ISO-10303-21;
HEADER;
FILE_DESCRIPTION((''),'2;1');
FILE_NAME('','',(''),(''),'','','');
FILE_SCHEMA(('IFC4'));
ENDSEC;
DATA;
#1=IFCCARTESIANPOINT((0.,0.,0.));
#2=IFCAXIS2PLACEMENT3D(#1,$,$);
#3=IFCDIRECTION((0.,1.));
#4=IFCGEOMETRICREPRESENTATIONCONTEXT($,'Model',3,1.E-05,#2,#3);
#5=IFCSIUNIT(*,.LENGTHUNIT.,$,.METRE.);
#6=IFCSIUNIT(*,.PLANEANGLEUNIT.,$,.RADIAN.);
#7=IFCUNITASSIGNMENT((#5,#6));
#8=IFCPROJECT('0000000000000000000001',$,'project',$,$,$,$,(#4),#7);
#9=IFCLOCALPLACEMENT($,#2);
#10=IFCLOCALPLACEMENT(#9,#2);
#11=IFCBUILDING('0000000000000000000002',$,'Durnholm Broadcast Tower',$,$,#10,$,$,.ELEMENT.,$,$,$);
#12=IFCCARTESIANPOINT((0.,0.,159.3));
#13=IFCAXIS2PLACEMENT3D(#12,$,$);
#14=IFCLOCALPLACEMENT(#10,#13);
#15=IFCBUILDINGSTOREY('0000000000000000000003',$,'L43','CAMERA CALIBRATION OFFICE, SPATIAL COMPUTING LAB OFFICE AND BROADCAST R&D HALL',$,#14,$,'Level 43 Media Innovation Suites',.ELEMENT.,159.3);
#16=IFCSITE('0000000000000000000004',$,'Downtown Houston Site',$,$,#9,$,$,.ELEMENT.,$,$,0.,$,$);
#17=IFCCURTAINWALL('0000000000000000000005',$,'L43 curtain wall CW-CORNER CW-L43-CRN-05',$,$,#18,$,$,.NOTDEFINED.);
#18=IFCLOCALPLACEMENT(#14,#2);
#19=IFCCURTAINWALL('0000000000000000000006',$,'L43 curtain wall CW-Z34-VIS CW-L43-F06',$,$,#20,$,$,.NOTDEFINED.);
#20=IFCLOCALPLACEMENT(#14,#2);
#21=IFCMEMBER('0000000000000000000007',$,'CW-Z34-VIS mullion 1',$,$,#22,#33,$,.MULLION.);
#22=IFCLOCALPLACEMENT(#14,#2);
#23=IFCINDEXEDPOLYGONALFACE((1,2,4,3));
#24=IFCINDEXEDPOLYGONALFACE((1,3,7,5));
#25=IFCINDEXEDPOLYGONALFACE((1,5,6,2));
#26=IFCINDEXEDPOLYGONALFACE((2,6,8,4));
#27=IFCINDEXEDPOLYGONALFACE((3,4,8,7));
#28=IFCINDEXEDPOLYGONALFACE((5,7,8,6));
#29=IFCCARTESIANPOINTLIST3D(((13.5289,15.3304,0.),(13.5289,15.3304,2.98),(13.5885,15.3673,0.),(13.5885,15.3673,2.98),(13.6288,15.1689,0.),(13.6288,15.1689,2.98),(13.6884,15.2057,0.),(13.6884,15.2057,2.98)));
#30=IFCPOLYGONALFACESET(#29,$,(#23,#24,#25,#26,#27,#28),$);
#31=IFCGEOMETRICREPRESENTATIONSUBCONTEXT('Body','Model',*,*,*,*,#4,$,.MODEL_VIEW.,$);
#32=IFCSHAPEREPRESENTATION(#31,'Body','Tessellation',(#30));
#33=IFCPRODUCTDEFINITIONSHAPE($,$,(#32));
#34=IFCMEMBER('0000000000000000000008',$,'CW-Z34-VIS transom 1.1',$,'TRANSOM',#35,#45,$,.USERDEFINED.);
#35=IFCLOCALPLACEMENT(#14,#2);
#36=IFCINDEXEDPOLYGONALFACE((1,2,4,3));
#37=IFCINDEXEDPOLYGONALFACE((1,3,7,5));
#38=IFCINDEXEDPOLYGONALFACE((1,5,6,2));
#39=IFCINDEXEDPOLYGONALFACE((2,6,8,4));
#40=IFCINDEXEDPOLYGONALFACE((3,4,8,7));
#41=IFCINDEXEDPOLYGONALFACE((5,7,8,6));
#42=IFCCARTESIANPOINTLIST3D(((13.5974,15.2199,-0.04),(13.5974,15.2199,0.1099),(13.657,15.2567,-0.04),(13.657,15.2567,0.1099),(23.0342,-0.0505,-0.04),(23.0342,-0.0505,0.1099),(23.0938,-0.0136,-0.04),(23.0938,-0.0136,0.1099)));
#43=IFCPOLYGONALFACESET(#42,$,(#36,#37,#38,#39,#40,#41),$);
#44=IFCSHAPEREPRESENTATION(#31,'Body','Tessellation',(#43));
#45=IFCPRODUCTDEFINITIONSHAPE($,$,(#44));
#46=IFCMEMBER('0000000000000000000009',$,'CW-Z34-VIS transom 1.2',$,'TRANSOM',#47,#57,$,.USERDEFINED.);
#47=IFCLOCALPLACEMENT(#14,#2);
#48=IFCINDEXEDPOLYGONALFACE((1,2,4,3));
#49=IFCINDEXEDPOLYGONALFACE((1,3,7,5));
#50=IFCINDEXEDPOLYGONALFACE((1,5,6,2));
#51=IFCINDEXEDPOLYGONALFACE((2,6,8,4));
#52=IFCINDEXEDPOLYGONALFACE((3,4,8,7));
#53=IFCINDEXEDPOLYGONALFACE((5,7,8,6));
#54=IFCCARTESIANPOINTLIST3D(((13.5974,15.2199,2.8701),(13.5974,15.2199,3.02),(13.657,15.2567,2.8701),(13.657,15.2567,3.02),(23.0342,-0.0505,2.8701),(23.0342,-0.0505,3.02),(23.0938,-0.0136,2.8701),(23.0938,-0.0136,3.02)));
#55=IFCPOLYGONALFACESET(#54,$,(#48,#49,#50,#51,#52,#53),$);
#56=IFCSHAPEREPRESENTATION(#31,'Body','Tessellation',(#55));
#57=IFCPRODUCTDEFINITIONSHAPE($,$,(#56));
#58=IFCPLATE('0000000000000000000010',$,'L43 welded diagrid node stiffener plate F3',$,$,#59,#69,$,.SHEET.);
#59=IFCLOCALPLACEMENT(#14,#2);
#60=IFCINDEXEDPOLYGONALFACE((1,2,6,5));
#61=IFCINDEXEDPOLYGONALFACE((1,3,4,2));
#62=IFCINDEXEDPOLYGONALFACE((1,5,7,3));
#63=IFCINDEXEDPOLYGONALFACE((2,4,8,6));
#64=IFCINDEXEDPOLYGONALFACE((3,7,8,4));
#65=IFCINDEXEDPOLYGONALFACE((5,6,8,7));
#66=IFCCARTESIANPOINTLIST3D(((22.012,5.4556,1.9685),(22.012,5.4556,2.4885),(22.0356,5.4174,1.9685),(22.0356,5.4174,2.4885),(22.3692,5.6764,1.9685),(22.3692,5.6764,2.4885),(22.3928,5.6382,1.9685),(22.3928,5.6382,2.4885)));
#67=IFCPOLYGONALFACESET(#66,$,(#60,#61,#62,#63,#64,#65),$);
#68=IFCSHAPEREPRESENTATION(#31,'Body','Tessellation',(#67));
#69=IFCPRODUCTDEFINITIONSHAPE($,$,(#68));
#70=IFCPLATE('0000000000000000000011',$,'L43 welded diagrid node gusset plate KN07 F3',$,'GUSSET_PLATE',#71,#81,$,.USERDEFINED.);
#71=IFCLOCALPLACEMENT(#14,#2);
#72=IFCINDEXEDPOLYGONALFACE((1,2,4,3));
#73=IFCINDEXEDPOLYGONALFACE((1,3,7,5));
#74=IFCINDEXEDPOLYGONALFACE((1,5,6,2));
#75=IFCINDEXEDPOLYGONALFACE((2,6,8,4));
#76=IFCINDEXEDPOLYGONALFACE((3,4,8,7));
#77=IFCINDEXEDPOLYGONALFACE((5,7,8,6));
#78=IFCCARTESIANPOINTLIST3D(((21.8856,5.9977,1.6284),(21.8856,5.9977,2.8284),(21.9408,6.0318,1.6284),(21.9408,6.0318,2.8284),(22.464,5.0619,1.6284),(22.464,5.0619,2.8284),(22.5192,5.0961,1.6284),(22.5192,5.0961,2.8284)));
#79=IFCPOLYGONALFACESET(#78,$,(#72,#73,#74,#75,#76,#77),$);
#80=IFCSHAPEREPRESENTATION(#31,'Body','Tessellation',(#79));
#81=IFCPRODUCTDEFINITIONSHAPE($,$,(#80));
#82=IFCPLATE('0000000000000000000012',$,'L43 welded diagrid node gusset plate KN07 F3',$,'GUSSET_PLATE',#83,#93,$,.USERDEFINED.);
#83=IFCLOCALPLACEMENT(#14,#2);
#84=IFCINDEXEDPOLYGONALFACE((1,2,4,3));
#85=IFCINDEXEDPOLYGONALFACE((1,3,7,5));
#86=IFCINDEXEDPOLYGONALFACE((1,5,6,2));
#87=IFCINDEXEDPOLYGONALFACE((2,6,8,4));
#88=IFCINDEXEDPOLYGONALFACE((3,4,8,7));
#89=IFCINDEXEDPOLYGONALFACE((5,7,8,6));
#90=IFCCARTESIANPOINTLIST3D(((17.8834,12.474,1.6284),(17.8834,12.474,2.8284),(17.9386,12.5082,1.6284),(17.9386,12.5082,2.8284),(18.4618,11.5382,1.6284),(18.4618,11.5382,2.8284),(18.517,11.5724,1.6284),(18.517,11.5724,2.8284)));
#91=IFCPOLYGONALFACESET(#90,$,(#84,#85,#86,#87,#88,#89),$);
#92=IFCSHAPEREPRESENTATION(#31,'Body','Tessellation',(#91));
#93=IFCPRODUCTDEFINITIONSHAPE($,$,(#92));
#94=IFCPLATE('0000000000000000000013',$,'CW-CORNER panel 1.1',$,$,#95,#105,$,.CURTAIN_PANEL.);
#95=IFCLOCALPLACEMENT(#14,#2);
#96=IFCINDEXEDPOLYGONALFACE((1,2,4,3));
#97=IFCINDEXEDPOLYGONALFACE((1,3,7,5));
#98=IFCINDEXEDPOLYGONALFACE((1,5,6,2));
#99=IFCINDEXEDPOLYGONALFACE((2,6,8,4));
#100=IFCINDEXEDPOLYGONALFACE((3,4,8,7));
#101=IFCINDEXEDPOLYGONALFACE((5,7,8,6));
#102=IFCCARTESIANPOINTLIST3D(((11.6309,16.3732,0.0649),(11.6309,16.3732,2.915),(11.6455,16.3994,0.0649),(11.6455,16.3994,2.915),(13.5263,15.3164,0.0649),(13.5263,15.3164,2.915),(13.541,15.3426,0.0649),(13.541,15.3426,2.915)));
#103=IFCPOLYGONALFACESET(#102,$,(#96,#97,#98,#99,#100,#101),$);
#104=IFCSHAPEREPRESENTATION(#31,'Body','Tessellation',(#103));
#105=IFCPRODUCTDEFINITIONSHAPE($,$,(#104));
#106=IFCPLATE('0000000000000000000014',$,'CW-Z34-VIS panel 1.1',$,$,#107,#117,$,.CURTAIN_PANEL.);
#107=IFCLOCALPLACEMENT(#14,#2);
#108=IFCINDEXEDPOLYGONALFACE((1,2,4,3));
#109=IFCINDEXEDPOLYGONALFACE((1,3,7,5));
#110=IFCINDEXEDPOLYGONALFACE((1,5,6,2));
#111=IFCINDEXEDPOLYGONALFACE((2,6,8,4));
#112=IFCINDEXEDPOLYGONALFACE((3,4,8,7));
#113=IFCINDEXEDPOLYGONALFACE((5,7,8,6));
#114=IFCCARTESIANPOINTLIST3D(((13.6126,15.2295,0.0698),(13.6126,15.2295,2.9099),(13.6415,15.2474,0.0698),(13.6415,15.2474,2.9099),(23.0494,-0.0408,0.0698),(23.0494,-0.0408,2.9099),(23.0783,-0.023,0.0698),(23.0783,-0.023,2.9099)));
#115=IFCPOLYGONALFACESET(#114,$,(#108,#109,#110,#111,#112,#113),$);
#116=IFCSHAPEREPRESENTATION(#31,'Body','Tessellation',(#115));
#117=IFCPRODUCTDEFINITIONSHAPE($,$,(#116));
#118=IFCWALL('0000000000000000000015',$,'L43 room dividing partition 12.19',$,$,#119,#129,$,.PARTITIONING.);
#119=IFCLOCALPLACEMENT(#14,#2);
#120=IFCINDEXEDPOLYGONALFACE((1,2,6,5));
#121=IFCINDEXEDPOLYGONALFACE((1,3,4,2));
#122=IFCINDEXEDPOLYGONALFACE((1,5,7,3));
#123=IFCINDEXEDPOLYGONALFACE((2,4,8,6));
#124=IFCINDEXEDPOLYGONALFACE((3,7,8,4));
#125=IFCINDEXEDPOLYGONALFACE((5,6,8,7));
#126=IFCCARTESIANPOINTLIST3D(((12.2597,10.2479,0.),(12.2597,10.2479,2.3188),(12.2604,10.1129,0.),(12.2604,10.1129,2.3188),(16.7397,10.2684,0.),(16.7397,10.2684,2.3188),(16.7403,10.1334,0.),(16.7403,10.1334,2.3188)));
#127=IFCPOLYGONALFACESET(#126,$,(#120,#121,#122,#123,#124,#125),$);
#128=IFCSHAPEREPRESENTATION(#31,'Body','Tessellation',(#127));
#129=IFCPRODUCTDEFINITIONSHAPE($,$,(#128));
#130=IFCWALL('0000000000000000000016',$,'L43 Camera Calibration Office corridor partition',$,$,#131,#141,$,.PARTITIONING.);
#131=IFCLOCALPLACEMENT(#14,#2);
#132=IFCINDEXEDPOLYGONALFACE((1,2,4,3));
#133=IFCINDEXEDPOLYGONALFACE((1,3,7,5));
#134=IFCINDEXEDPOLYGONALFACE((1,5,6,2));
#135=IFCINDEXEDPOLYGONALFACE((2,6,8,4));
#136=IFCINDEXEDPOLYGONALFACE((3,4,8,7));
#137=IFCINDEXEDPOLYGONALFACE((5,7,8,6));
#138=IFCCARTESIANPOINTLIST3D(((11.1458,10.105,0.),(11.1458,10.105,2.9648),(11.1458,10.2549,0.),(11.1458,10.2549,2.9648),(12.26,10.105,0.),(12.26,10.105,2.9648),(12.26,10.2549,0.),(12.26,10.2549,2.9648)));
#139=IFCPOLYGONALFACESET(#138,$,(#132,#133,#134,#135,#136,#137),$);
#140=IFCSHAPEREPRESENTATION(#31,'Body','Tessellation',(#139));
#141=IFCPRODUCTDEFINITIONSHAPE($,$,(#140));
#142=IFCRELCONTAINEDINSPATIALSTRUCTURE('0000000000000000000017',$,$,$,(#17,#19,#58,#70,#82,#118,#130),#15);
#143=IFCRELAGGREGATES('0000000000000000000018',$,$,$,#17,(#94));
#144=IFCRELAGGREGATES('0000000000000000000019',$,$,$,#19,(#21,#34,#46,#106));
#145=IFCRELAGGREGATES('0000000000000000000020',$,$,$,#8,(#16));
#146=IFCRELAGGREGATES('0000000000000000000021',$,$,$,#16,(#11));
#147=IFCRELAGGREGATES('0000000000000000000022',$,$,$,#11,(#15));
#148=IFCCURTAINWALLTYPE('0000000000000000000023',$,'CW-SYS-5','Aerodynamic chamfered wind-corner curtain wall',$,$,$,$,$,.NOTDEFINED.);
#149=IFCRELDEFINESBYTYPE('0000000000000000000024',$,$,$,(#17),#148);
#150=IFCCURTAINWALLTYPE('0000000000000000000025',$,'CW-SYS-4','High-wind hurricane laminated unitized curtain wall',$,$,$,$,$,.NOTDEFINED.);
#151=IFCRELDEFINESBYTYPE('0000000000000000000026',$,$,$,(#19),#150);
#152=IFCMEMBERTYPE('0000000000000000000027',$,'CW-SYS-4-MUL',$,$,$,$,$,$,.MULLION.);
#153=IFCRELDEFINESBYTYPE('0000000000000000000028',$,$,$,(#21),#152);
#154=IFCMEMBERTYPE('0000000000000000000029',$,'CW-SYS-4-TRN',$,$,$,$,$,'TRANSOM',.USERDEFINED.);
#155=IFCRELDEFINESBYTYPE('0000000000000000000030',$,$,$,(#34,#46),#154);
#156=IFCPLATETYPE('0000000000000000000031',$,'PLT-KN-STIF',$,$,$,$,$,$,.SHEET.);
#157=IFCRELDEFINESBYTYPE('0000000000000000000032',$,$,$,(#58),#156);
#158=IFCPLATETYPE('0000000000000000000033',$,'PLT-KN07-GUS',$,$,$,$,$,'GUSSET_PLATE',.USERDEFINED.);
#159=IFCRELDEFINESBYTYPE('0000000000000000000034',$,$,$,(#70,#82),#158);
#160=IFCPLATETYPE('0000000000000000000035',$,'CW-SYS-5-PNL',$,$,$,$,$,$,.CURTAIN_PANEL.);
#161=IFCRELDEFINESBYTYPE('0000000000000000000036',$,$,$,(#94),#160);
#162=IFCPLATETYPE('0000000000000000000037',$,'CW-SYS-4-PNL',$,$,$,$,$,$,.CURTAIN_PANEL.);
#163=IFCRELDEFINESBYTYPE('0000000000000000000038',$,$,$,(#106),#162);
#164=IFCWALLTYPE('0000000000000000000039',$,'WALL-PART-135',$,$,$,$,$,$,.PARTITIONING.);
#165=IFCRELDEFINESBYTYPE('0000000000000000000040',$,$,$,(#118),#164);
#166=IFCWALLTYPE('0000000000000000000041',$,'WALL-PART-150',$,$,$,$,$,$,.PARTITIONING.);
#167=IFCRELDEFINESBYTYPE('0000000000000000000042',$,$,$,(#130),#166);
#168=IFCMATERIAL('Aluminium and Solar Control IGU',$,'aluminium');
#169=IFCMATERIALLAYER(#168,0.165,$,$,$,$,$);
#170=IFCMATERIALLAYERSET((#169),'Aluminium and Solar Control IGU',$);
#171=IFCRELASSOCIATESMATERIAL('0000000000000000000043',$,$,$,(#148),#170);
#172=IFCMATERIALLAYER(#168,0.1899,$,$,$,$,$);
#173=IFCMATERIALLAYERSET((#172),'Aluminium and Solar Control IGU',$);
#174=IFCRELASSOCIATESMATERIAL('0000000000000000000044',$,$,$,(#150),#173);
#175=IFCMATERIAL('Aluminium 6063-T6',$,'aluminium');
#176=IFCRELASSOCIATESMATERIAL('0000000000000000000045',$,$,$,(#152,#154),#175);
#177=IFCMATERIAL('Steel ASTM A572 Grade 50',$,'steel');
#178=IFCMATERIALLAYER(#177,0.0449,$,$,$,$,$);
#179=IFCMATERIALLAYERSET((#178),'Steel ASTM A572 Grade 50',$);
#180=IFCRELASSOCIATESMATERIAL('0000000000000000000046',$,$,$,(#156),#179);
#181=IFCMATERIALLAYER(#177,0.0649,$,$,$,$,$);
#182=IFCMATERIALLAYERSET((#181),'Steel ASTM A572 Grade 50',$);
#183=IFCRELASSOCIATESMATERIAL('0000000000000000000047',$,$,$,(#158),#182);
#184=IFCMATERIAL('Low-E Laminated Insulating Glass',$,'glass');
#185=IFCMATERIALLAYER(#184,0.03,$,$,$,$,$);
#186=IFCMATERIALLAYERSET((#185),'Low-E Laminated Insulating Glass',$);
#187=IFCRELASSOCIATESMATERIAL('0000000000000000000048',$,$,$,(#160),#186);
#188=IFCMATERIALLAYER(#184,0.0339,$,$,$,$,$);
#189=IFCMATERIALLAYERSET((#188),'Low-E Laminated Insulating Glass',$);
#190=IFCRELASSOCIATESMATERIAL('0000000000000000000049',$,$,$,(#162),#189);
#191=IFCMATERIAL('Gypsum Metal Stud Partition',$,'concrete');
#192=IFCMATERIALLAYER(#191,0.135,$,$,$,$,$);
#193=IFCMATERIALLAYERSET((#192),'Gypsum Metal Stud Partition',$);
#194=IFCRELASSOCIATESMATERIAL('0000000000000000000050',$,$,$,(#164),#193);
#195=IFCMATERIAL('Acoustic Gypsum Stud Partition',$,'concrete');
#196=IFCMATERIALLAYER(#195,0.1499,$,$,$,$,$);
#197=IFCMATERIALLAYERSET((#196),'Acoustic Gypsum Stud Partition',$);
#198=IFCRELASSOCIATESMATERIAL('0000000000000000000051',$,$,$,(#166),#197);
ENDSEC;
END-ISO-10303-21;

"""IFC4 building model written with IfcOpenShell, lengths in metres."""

from ifc_helpers import new_model, si_unit, direction, frame, frame_2d, origin, origin_2d, place, context, subcontext, project, spatial, rectangle, extrude, source, transform, mapped, material, layer, layer_set, material_profile, profile_set, type_object, type_shapes, element, aggregate, save


model = new_model("IFC4")

# Units and contexts
model_context = context("Model", 3, precision=1e-05, world=origin(), true_north=direction((0.0, 1.0)))
body_context = subcontext(model_context, "Body", "Model", "MODEL_VIEW")
ifc_project = project(units=[si_unit("LENGTHUNIT", "METRE"), si_unit("PLANEANGLEUNIT", "RADIAN")], contexts=[model_context])

# Site, building, storey
site_placement = place(None, origin())
site = spatial("IfcSite", under=ifc_project, at=site_placement, Name="Downtown Houston Site", CompositionType="ELEMENT", RefElevation=0.0)
building_placement = place(site_placement, origin())
building = spatial("IfcBuilding", under=site, at=building_placement, Name="Durnholm Broadcast Tower", CompositionType="ELEMENT")
storey_placement = place(building_placement, frame((0.0, 0.0, 159.3)))
storey = spatial("IfcBuildingStorey", under=building, at=storey_placement, Name="L43", Description="CAMERA CALIBRATION OFFICE, SPATIAL COMPUTING LAB OFFICE AND BROADCAST R&D HALL", LongName="Level 43 Media Innovation Suites", CompositionType="ELEMENT", Elevation=159.3)

# Curtain walls, members
ifc_material_1 = material(Name="Aluminium and Solar Control IGU", Category="aluminium")
ifc_layer_1 = layer(ifc_material_1, 0.165)
ifc_layer_set_1 = layer_set([ifc_layer_1], Name="Aluminium and Solar Control IGU")
curtain_wall_type_1 = type_object("IfcCurtainWallType", Name="CW-SYS-5", Description="Aerodynamic chamfered wind-corner curtain wall", PredefinedType="NOTDEFINED", material=ifc_layer_set_1)
curtain_wall_1_placement = place(storey_placement, origin())
curtain_wall_1 = element("IfcCurtainWall", 1, at=curtain_wall_1_placement, inside=storey, type_object=curtain_wall_type_1, Name="L43 curtain wall CW-CORNER CW-L43-CRN-05", PredefinedType="NOTDEFINED")
ifc_material_2 = material(Name="Aluminium 6063-T6", Category="aluminium")
ifc_layer_2 = layer(ifc_material_1, 0.1899)
ifc_layer_set_2 = layer_set([ifc_layer_2], Name="Aluminium and Solar Control IGU")
curtain_wall_type_2 = type_object("IfcCurtainWallType", Name="CW-SYS-4", Description="High-wind hurricane laminated unitized curtain wall", PredefinedType="NOTDEFINED", material=ifc_layer_set_2)
curtain_wall_2_placement = place(storey_placement, origin())
curtain_wall_2 = element("IfcCurtainWall", 2, at=curtain_wall_2_placement, inside=storey, type_object=curtain_wall_type_2, Name="L43 curtain wall CW-Z34-VIS CW-L43-F06", PredefinedType="NOTDEFINED")
ifc_material_profile_1 = material_profile(ifc_material_2, rectangle(XDim=0.0701, YDim=0.1899, at=origin_2d()), Name="CWM70X190")
ifc_profile_set_1 = profile_set([ifc_material_profile_1], Name="Aluminium 6063-T6")
member_type_1 = type_object("IfcMemberType", Name="CW-SYS-4-MUL", PredefinedType="MULLION", material=ifc_profile_set_1)
shared_shape_1 = source(origin(), body_context, "Body", "SweptSolid", [
    extrude(rectangle(XDim=0.0701, YDim=0.1899, at=origin_2d()), origin(), (0.0, 0.0, 1.0), 2.98),
])
type_shapes(member_type_1, [shared_shape_1])
member_1_placement = place(storey_placement, frame((13.6086, 15.2681, 0.0), z_axis=(0.0, 0.0, 1.0), x_axis=(0.850671, 0.525698, 0.0)))
member_1 = element("IfcMember", 3, at=member_1_placement, type_object=member_type_1, Name="CW-Z34-VIS mullion 1", PredefinedType="MULLION", context=body_context, shape_type="MappedRepresentation", body=[
    mapped(shared_shape_1, transform((0.0, 0.0, 0.0), x_axis=(1.0, 0.0, 0.0), y_axis=(0.0, 1.0, 0.0), z_axis=(0.0, 0.0, 1.0), scale=1.0)),
])
ifc_material_profile_2 = material_profile(ifc_material_2, rectangle(XDim=0.0701, YDim=0.1499, at=origin_2d()), Name="CWT70X150")
ifc_profile_set_2 = profile_set([ifc_material_profile_2], Name="Aluminium 6063-T6")
member_type_2 = type_object("IfcMemberType", Name="CW-SYS-4-TRN", ElementType="TRANSOM", PredefinedType="USERDEFINED", material=ifc_profile_set_2)
shared_shape_2 = source(origin(), body_context, "Body", "SweptSolid", [
    extrude(rectangle(XDim=0.0701, YDim=0.1499, at=origin_2d()), origin(), (0.0, 0.0, 1.0), 17.9509),
])
type_shapes(member_type_2, [shared_shape_2])
member_2_placement = place(storey_placement, frame((13.6272, 15.2383, 0.0349), z_axis=(0.5257, -0.85067, 0.0), x_axis=(0.85067, 0.5257, 0.0)))
member_2 = element("IfcMember", 4, at=member_2_placement, type_object=member_type_2, Name="CW-Z34-VIS transom 1.1", ObjectType="TRANSOM", PredefinedType="USERDEFINED", context=body_context, shape_type="MappedRepresentation", body=[
    mapped(shared_shape_2, transform((0.0, 0.0, 0.0), x_axis=(1.0, 0.0, 0.0), y_axis=(0.0, 1.0, 0.0), z_axis=(0.0, 0.0, 1.0), scale=1.0)),
])
member_3_placement = place(storey_placement, frame((13.6272, 15.2383, 2.9451), z_axis=(0.5257, -0.85067, 0.0), x_axis=(0.85067, 0.5257, 0.0)))
member_3 = element("IfcMember", 5, at=member_3_placement, type_object=member_type_2, Name="CW-Z34-VIS transom 1.2", ObjectType="TRANSOM", PredefinedType="USERDEFINED", context=body_context, shape_type="MappedRepresentation", body=[
    mapped(shared_shape_2, transform((0.0, 0.0, 0.0), x_axis=(1.0, 0.0, 0.0), y_axis=(0.0, 1.0, 0.0), z_axis=(0.0, 0.0, 1.0), scale=1.0)),
])

# Plates
ifc_material_3 = material(Name="Steel ASTM A572 Grade 50", Category="steel")
ifc_layer_3 = layer(ifc_material_3, 0.0449)
ifc_layer_set_3 = layer_set([ifc_layer_3], Name="Steel ASTM A572 Grade 50")
plate_type_1 = type_object("IfcPlateType", Name="PLT-KN-STIF", PredefinedType="SHEET", material=ifc_layer_set_3)
shared_shape_3 = source(origin(), body_context, "Body", "SweptSolid", [
    extrude(rectangle(XDim=0.0449, YDim=0.4199, at=origin_2d()), origin(), (0.0, 0.0, 1.0), 0.52),
])
type_shapes(plate_type_1, [shared_shape_3])
plate_1_placement = place(storey_placement, frame((22.2024, 5.5469, 1.9685), z_axis=(0.0, 0.0, 1.0), x_axis=(-0.525769, 0.850628, 0.0)))
element("IfcPlate", 6, at=plate_1_placement, inside=storey, type_object=plate_type_1, Name="L43 welded diagrid node stiffener plate F3", PredefinedType="SHEET", context=body_context, shape_type="MappedRepresentation", body=[
    mapped(shared_shape_3, transform((0.0, 0.0, 0.0), x_axis=(1.0, 0.0, 0.0), y_axis=(0.0, 1.0, 0.0), z_axis=(0.0, 0.0, 1.0), scale=1.0)),
])
ifc_layer_4 = layer(ifc_material_3, 0.0649)
ifc_layer_set_4 = layer_set([ifc_layer_4], Name="Steel ASTM A572 Grade 50")
plate_type_2 = type_object("IfcPlateType", Name="PLT-KN07-GUS", ElementType="GUSSET_PLATE", PredefinedType="USERDEFINED", material=ifc_layer_set_4)
shared_shape_4 = source(origin(), body_context, "Body", "SweptSolid", [
    extrude(rectangle(XDim=1.1001, YDim=0.0649, at=origin_2d()), origin(), (0.0, 0.0, 1.0), 1.2),
])
type_shapes(plate_type_2, [shared_shape_4])
for number, where, z_axis, x_axis, name in (
    (7, (22.2024, 5.5469, 1.6284), (0.0, 0.0, 1.0), (-0.525769, 0.850628, 0.0), "L43 welded diagrid node gusset plate KN07 F3"),
    (8, (18.2002, 12.0232, 1.6284), (0.0, 0.0, 1.0), (-0.525769, 0.850628, 0.0), "L43 welded diagrid node gusset plate KN07 F3"),
):
    element("IfcPlate", number, at=place(storey_placement, frame(where, z_axis=z_axis, x_axis=x_axis)), inside=storey, type_object=plate_type_2, Name=name, ObjectType="GUSSET_PLATE", PredefinedType="USERDEFINED", context=body_context, shape_type="MappedRepresentation", body=[
        mapped(shared_shape_4, transform((0.0, 0.0, 0.0), x_axis=(1.0, 0.0, 0.0), y_axis=(0.0, 1.0, 0.0), z_axis=(0.0, 0.0, 1.0), scale=1.0)),
    ])

# Plates
ifc_material_4 = material(Name="Low-E Laminated Insulating Glass", Category="glass")
ifc_layer_5 = layer(ifc_material_4, 0.03)
ifc_layer_set_5 = layer_set([ifc_layer_5], Name="Low-E Laminated Insulating Glass")
plate_type_3 = type_object("IfcPlateType", Name="CW-SYS-5-PNL", PredefinedType="CURTAIN_PANEL", material=ifc_layer_set_5)
shared_shape_5 = source(origin(), body_context, "Body", "SweptSolid", [
    extrude(rectangle(XDim=2.1702, YDim=0.03, at=origin_2d()), origin(), (0.0, 0.0, 1.0), 2.8501),
])
type_shapes(plate_type_3, [shared_shape_5])
plate_2_placement = place(storey_placement, frame((12.5859, 15.8579, 0.0649), z_axis=(0.0, 0.0, 1.0), x_axis=(0.87341, -0.486986, 0.0)))
plate_2 = element("IfcPlate", 9, at=plate_2_placement, type_object=plate_type_3, Name="CW-CORNER panel 1.1", PredefinedType="CURTAIN_PANEL", context=body_context, shape_type="MappedRepresentation", body=[
    mapped(shared_shape_5, transform((0.0, 0.0, 0.0), x_axis=(1.0, 0.0, 0.0), y_axis=(0.0, 1.0, 0.0), z_axis=(0.0, 0.0, 1.0), scale=1.0)),
])
aggregate(curtain_wall_1, [plate_2])
ifc_layer_6 = layer(ifc_material_4, 0.0339)
ifc_layer_set_6 = layer_set([ifc_layer_6], Name="Low-E Laminated Insulating Glass")
plate_type_4 = type_object("IfcPlateType", Name="CW-SYS-4-PNL", PredefinedType="CURTAIN_PANEL", material=ifc_layer_set_6)
shared_shape_6 = source(origin(), body_context, "Body", "SweptSolid", [
    extrude(rectangle(XDim=17.9509, YDim=0.0339, at=origin_2d()), origin(), (0.0, 0.0, 1.0), 2.8401),
])
type_shapes(plate_type_4, [shared_shape_6])
plate_3_placement = place(storey_placement, frame((18.3455, 7.6033, 0.0698), z_axis=(0.0, 0.0, 1.0), x_axis=(0.525698, -0.850671, 0.0)))
plate_3 = element("IfcPlate", 10, at=plate_3_placement, type_object=plate_type_4, Name="CW-Z34-VIS panel 1.1", PredefinedType="CURTAIN_PANEL", context=body_context, shape_type="MappedRepresentation", body=[
    mapped(shared_shape_6, transform((0.0, 0.0, 0.0), x_axis=(1.0, 0.0, 0.0), y_axis=(0.0, 1.0, 0.0), z_axis=(0.0, 0.0, 1.0), scale=1.0)),
])
aggregate(curtain_wall_2, [member_1, member_2, member_3, plate_3])

# Walls
ifc_material_5 = material(Name="Gypsum Metal Stud Partition", Category="concrete")
ifc_layer_7 = layer(ifc_material_5, 0.135)
ifc_layer_set_7 = layer_set([ifc_layer_7], Name="Gypsum Metal Stud Partition")
wall_type_1 = type_object("IfcWallType", Name="WALL-PART-135", PredefinedType="PARTITIONING", material=ifc_layer_set_7)
wall_1_placement = place(storey_placement, frame((16.74, 10.2009, 0.0), z_axis=(0.0, 0.0, 1.0), x_axis=(-0.99999, -0.004578, 0.0)))
element("IfcWall", 11, at=wall_1_placement, inside=storey, type_object=wall_type_1, Name="L43 room dividing partition 12.19", PredefinedType="PARTITIONING", context=body_context, shape_type="SweptSolid", body=[
    extrude(rectangle(XDim=4.48, YDim=0.135, at=frame_2d((2.24, 0.0))), origin(), (0.0, 0.0, 1.0), 2.3188),
])
ifc_material_6 = material(Name="Acoustic Gypsum Stud Partition", Category="concrete")
ifc_layer_8 = layer(ifc_material_6, 0.1499)
ifc_layer_set_8 = layer_set([ifc_layer_8], Name="Acoustic Gypsum Stud Partition")
wall_type_2 = type_object("IfcWallType", Name="WALL-PART-150", PredefinedType="PARTITIONING", material=ifc_layer_set_8)
wall_2_placement = place(storey_placement, frame((12.26, 10.1799, 0.0), z_axis=(0.0, 0.0, 1.0), x_axis=(-1.0, 0.0, 0.0)))
element("IfcWall", 12, at=wall_2_placement, inside=storey, type_object=wall_type_2, Name="L43 Camera Calibration Office corridor partition", PredefinedType="PARTITIONING", context=body_context, shape_type="SweptSolid", body=[
    extrude(rectangle(XDim=1.1143, YDim=0.1499, at=frame_2d((0.5571, 0.0))), origin(), (0.0, 0.0, 1.0), 2.9648),
])

save(model, "model.ifc")
